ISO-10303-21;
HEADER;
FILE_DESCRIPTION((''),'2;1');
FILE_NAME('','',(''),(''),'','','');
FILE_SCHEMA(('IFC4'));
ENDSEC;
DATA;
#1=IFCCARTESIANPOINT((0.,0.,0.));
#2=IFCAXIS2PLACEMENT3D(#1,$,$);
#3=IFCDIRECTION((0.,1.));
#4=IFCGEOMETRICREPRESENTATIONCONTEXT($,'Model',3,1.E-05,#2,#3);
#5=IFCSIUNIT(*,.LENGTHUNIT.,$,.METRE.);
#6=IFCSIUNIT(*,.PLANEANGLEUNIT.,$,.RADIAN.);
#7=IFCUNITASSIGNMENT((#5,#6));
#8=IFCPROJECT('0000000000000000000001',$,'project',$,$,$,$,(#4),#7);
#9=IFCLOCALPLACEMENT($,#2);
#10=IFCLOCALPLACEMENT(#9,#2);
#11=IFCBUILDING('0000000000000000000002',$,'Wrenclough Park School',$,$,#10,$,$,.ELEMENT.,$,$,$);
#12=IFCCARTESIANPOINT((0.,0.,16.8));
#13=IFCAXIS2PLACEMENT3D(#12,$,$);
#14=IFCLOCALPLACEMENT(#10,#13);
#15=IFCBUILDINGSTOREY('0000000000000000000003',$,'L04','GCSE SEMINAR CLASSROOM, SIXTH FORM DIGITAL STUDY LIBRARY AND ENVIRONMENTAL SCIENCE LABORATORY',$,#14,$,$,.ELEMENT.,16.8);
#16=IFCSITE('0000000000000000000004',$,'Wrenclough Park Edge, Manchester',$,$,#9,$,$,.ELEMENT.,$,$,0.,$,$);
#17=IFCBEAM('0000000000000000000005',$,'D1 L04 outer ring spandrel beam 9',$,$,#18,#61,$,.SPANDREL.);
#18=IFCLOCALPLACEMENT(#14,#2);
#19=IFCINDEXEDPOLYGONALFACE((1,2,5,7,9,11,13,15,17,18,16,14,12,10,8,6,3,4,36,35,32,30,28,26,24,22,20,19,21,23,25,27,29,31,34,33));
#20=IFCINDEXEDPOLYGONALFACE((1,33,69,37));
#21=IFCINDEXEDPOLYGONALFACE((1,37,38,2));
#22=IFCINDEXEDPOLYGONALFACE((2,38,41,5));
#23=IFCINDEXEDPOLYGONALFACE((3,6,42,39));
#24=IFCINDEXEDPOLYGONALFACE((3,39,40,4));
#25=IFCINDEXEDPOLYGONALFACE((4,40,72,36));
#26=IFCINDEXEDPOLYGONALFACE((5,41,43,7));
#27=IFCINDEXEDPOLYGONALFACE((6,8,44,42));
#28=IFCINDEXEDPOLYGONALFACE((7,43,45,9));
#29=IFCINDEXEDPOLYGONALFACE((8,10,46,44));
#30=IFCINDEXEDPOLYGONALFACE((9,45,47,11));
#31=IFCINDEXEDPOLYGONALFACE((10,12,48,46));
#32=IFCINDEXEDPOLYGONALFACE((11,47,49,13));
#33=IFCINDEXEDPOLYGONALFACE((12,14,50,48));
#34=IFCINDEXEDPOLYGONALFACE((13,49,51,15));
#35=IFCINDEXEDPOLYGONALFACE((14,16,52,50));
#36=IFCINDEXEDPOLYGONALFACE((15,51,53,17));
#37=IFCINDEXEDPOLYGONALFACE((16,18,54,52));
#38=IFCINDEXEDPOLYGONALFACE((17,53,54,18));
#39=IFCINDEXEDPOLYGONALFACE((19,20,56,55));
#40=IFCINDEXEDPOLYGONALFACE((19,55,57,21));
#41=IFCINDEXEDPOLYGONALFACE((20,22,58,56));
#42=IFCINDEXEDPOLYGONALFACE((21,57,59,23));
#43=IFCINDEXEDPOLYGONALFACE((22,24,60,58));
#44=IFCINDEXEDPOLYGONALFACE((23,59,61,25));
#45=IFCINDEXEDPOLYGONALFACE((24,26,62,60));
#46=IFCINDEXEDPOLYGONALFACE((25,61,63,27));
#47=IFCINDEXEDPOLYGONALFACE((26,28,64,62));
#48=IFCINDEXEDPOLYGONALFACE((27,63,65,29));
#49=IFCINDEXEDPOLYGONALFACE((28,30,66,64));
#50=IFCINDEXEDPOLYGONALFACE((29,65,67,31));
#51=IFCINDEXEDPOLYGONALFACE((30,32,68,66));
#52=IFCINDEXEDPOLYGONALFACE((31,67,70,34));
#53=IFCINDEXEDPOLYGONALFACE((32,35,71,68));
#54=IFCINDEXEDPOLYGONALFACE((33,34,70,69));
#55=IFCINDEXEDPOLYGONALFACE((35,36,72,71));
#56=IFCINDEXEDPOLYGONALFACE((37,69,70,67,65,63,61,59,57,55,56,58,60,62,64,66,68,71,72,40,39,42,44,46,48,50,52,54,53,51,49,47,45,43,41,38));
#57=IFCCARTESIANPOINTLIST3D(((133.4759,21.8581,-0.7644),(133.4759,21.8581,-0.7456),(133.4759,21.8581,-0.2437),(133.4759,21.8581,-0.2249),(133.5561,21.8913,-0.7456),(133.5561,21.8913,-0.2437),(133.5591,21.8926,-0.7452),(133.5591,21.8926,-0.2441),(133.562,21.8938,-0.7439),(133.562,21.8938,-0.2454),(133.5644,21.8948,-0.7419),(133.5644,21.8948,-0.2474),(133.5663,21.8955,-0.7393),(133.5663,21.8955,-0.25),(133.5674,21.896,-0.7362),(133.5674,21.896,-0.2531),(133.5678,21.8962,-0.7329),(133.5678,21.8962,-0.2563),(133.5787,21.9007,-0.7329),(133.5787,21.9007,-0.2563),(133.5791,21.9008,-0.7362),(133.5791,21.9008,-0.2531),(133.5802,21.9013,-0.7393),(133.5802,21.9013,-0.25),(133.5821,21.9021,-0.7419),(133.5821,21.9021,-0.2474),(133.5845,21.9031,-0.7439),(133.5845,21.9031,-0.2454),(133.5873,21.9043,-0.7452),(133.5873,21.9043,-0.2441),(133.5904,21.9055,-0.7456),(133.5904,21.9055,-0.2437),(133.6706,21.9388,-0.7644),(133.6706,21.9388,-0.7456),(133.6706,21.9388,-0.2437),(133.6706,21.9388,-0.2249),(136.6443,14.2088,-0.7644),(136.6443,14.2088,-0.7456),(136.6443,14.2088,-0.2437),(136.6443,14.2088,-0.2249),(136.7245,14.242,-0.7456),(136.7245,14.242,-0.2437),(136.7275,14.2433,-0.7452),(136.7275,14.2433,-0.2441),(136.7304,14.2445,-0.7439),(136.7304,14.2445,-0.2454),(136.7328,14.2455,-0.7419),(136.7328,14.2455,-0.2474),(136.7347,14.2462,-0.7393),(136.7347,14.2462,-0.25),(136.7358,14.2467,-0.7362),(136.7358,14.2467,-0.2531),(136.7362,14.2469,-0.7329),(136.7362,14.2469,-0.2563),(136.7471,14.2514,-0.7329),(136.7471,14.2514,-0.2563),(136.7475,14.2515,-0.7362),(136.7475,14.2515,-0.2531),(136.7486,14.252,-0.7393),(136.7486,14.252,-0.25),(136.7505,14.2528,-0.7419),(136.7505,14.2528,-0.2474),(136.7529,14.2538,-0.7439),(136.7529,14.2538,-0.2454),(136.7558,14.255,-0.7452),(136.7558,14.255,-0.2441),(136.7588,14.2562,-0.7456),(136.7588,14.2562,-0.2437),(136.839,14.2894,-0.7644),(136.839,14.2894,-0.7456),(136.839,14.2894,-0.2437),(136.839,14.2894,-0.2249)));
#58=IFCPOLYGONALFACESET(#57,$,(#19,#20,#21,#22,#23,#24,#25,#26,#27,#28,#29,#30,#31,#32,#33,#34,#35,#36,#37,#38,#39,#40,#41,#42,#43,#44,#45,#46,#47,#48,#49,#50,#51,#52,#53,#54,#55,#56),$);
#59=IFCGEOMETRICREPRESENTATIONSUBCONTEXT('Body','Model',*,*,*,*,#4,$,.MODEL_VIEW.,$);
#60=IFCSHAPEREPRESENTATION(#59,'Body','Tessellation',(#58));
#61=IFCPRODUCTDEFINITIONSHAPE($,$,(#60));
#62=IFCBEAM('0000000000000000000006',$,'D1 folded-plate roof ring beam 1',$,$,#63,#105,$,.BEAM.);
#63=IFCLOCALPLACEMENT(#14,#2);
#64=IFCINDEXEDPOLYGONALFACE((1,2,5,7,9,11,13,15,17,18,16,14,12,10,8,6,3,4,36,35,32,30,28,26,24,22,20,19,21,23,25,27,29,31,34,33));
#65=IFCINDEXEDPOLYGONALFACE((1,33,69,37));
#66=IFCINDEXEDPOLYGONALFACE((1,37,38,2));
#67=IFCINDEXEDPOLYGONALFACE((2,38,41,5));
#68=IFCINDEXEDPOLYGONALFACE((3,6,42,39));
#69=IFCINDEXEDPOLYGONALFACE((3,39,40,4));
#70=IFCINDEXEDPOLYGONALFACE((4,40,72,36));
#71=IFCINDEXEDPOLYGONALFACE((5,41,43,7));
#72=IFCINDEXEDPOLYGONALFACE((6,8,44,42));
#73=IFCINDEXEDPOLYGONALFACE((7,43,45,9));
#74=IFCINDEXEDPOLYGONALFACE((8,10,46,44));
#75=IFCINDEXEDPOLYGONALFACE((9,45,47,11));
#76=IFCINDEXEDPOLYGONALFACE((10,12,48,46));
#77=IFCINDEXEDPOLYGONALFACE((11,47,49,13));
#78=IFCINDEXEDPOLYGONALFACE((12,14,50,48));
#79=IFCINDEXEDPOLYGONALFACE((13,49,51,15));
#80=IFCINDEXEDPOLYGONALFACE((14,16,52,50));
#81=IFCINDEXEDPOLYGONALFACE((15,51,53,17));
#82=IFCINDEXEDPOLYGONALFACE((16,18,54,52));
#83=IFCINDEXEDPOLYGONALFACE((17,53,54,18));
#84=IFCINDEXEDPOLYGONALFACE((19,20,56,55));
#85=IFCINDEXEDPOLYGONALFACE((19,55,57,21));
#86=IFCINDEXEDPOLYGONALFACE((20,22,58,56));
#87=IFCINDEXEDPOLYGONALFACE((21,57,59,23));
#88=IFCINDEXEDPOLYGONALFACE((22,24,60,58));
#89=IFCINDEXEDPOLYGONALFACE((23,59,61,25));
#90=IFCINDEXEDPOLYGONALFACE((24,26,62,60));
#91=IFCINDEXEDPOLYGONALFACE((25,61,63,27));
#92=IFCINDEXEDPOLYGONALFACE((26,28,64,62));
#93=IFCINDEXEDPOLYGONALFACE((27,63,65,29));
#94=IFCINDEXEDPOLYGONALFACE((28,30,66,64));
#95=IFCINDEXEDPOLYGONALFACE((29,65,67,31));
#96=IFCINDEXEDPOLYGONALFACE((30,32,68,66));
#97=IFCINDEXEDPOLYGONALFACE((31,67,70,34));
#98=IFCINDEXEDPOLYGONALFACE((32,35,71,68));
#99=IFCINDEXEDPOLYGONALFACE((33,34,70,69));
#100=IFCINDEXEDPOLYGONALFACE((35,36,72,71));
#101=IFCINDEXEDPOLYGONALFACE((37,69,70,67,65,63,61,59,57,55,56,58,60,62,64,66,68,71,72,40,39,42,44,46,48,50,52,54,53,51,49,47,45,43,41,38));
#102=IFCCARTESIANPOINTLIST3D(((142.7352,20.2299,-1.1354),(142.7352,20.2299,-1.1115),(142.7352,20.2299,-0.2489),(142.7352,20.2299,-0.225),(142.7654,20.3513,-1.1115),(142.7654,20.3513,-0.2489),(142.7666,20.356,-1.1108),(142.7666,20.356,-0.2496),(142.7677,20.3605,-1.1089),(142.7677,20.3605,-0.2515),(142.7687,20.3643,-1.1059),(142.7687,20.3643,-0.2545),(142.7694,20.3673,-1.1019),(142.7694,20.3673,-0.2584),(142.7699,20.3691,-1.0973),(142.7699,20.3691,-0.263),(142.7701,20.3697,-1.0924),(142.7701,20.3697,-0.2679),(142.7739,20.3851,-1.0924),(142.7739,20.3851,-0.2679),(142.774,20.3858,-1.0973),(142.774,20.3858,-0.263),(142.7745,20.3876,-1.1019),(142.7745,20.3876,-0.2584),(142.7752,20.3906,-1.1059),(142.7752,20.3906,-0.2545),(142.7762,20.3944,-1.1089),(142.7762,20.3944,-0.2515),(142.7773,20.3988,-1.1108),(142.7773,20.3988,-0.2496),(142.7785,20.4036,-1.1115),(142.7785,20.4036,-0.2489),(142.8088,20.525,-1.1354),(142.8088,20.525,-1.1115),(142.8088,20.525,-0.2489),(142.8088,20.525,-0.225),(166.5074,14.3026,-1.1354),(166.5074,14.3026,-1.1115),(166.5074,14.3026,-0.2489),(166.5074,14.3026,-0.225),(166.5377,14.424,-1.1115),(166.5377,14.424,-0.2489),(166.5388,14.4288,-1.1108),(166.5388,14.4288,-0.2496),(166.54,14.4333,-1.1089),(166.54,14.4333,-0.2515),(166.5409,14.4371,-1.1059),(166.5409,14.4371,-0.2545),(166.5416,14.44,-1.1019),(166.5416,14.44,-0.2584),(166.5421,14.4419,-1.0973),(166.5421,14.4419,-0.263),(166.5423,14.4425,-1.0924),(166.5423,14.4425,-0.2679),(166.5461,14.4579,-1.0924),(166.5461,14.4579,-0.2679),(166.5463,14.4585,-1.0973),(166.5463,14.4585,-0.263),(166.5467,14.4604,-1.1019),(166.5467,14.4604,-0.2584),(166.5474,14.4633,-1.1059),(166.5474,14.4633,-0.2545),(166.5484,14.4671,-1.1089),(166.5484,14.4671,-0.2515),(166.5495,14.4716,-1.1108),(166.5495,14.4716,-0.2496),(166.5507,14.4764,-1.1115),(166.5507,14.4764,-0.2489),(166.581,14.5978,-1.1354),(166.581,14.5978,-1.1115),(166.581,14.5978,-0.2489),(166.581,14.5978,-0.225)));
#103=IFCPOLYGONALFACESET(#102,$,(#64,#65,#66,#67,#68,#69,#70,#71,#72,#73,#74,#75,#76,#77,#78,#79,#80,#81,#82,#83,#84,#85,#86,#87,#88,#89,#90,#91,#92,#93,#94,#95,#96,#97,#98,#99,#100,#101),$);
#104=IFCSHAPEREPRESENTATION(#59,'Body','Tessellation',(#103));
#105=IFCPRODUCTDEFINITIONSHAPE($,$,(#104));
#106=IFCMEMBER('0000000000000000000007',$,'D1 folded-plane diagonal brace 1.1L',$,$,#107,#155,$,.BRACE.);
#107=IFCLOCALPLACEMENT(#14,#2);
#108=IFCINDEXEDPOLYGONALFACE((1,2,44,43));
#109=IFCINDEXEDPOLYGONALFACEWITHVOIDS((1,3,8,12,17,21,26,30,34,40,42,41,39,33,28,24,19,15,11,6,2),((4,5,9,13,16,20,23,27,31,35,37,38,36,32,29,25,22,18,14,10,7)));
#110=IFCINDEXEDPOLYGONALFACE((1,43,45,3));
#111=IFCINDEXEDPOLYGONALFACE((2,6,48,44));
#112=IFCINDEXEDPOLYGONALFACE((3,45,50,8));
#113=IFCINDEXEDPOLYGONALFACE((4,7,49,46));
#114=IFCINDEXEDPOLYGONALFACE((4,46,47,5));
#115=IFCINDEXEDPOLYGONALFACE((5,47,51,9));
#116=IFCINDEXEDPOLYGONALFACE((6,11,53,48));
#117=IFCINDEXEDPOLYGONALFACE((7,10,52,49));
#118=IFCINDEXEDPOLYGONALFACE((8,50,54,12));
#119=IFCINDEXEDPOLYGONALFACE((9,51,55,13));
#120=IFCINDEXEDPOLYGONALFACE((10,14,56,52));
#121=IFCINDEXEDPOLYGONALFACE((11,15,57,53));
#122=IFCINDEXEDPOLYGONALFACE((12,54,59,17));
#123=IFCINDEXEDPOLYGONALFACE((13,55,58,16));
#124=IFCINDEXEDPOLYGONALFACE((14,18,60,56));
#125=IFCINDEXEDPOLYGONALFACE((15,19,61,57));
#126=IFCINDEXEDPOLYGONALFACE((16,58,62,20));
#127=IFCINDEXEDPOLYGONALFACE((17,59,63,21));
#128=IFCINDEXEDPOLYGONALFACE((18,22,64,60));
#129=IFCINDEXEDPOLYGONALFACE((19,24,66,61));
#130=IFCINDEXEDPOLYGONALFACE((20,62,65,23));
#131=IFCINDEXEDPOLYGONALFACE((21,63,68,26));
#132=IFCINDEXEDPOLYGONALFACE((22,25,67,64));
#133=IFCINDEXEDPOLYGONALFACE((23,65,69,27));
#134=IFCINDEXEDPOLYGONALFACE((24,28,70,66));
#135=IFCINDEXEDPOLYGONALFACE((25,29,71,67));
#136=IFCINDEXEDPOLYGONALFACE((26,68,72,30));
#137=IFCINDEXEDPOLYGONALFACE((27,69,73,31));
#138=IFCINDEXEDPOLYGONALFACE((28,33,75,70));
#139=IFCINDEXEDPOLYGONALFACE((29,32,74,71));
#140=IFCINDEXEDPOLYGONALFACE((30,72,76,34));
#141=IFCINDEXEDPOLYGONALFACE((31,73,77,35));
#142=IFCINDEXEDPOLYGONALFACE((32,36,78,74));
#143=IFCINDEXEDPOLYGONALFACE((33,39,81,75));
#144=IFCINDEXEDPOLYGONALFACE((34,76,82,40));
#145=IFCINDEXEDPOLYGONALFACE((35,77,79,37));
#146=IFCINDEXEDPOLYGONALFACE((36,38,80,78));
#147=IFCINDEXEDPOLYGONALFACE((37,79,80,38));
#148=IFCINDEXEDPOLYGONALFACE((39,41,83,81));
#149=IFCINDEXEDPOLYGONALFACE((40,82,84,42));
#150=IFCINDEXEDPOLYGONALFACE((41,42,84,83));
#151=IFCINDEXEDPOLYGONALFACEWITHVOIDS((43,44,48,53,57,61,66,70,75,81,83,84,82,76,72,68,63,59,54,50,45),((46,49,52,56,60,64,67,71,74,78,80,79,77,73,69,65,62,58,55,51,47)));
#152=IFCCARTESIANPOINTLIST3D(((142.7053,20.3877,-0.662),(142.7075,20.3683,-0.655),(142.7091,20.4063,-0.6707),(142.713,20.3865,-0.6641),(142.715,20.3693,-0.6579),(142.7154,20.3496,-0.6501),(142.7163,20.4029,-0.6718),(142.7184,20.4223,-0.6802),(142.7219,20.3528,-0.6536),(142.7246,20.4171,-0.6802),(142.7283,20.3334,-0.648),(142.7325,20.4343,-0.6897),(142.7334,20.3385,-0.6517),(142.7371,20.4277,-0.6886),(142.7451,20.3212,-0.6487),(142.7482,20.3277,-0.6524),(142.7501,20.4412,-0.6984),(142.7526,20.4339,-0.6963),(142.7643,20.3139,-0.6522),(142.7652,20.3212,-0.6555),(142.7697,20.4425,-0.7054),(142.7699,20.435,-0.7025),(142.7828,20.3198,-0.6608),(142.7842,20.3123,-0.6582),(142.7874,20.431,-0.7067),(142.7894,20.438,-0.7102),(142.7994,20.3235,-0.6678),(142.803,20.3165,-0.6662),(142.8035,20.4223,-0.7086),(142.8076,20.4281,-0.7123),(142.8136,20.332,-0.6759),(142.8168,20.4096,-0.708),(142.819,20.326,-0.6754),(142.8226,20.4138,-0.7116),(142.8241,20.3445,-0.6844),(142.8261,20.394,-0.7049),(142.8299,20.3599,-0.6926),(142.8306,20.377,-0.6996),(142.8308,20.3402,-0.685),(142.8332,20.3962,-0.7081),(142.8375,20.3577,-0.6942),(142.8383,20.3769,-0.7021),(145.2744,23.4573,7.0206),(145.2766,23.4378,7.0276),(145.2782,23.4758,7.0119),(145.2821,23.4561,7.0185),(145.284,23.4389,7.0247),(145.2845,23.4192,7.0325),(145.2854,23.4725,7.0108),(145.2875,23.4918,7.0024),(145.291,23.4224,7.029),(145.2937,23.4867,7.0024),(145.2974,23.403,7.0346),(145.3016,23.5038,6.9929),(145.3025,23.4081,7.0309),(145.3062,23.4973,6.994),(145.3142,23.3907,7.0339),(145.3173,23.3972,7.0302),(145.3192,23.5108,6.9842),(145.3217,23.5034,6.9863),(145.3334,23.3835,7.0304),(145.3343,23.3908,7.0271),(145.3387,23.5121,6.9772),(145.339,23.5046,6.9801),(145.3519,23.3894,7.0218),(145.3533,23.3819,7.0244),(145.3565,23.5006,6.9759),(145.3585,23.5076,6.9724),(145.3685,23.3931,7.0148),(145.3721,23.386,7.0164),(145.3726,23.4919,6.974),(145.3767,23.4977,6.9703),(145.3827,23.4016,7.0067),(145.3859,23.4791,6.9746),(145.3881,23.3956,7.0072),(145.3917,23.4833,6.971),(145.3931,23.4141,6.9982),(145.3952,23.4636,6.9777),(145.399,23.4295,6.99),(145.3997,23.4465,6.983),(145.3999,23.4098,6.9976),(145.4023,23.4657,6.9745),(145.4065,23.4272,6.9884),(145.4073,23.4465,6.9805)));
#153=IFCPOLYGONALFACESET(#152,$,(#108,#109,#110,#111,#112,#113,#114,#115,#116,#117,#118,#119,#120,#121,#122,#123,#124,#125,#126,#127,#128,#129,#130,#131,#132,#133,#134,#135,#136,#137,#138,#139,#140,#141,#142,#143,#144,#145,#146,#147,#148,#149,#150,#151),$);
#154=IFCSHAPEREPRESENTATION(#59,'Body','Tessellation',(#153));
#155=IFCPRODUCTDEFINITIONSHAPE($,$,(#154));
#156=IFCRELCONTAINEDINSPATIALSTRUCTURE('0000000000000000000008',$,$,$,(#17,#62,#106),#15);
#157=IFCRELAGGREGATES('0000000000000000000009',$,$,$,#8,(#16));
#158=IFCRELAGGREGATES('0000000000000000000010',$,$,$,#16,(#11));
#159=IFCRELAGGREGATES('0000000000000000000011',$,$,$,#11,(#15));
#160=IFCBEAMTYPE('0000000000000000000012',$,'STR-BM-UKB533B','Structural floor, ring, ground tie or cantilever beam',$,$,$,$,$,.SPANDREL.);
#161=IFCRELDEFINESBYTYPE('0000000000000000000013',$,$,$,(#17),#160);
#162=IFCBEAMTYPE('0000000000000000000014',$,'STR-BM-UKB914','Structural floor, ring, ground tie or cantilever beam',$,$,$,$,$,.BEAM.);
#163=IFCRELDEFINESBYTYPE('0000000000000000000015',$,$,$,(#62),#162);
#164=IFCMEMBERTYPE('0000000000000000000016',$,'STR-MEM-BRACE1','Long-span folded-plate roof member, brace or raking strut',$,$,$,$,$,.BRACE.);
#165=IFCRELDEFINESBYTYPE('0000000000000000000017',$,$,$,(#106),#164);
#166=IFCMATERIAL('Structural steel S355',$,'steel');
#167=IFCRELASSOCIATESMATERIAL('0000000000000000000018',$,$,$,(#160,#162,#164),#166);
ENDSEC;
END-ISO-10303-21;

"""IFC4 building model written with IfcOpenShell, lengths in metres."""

from ifc_helpers import new_model, si_unit, direction, frame, origin, origin_2d, place, context, subcontext, project, spatial, hollow_circle, i_section, extrude, material, material_profile, profile_set, type_object, element, save


model = new_model("IFC4")

# Units and contexts
model_context = context("Model", 3, precision=1e-05, world=origin(), true_north=direction((0.0, 1.0)))
body_context = subcontext(model_context, "Body", "Model", "MODEL_VIEW")
ifc_project = project(units=[si_unit("LENGTHUNIT", "METRE"), si_unit("PLANEANGLEUNIT", "RADIAN")], contexts=[model_context])

# Site, building, storey
site_placement = place(None, origin())
site = spatial("IfcSite", under=ifc_project, at=site_placement, Name="Wrenclough Park Edge, Manchester", CompositionType="ELEMENT", RefElevation=0.0)
building_placement = place(site_placement, origin())
building = spatial("IfcBuilding", under=site, at=building_placement, Name="Wrenclough Park School", CompositionType="ELEMENT")
storey_placement = place(building_placement, frame((0.0, 0.0, 16.8)))
storey = spatial("IfcBuildingStorey", under=building, at=storey_placement, Name="L04", Description="GCSE SEMINAR CLASSROOM, SIXTH FORM DIGITAL STUDY LIBRARY AND ENVIRONMENTAL SCIENCE LABORATORY", CompositionType="ELEMENT", Elevation=16.8)

# Beams
ifc_material_1 = material(Name="Structural steel S355", Category="steel")
ifc_material_profile_1 = material_profile(ifc_material_1, i_section(OverallWidth=0.2107, OverallDepth=0.5396, WebThickness=0.0117, FlangeThickness=0.0188, FilletRadius=0.0127, at=origin_2d()), Name="UKB 533x210x109")
ifc_profile_set_1 = profile_set([ifc_material_profile_1], Name="Structural steel S355")
beam_type_1 = type_object("IfcBeamType", Name="STR-BM-UKB533B", Description="Structural floor, ring, ground tie or cantilever beam", PredefinedType="SPANDREL", material=ifc_profile_set_1)
beam_1_placement = place(storey_placement, frame((133.5732, 21.8984, -0.4946), z_axis=(0.38268, -0.923881, 0.0), x_axis=(0.923881, 0.38268, 0.0)))
element("IfcBeam", 1, at=beam_1_placement, inside=storey, type_object=beam_type_1, Name="D1 L04 outer ring spandrel beam 9", PredefinedType="SPANDREL", context=body_context, shape_type="SweptSolid", body=[
    extrude(i_section(OverallWidth=0.2107, OverallDepth=0.5396, WebThickness=0.0117, FlangeThickness=0.0188, FilletRadius=0.0127, at=origin_2d()), origin(), (0.0, 0.0, 1.0), 8.2795),
])
ifc_material_profile_2 = material_profile(ifc_material_1, i_section(OverallWidth=0.3042, OverallDepth=0.9104, WebThickness=0.0159, FlangeThickness=0.0239, FilletRadius=0.019, at=origin_2d()), Name="UKB 914x305x224")
ifc_profile_set_2 = profile_set([ifc_material_profile_2], Name="Structural steel S355")
beam_type_2 = type_object("IfcBeamType", Name="STR-BM-UKB914", Description="Structural floor, ring, ground tie or cantilever beam", PredefinedType="BEAM", material=ifc_profile_set_2)
beam_2_placement = place(storey_placement, frame((142.772, 20.3774, -0.6802), z_axis=(0.970294, -0.241928, 0.0), x_axis=(0.241928, 0.970294, 0.0)))
element("IfcBeam", 2, at=beam_2_placement, inside=storey, type_object=beam_type_2, Name="D1 folded-plate roof ring beam 1", PredefinedType="BEAM", context=body_context, shape_type="SweptSolid", body=[
    extrude(i_section(OverallWidth=0.3042, OverallDepth=0.9104, WebThickness=0.0159, FlangeThickness=0.0239, FilletRadius=0.019, at=origin_2d()), origin(), (0.0, 0.0, 1.0), 24.5),
])

# Member
ifc_material_profile_3 = material_profile(ifc_material_1, hollow_circle(Radius=0.0698, WallThickness=0.0081, at=origin_2d()), Name="CHS 139.7x8.0")
ifc_profile_set_3 = profile_set([ifc_material_profile_3], Name="Structural steel S355")
member_type_1 = type_object("IfcMemberType", Name="STR-MEM-BRACE1", Description="Long-span folded-plate roof member, brace or raking strut", PredefinedType="BRACE", material=ifc_profile_set_3)
for number, where, z_axis, x_axis, name in (
    (3, (142.772, 20.3774, -0.6802), (0.296564, 0.354338, 0.886845), (-0.766855, 0.641821, 0.0), "D1 folded-plane diagonal brace 1.1L"),
):
    element("IfcMember", number, at=place(storey_placement, frame(where, z_axis=z_axis, x_axis=x_axis)), inside=storey, type_object=member_type_1, Name=name, PredefinedType="BRACE", context=body_context, shape_type="SweptSolid", body=[
        extrude(hollow_circle(Radius=0.0698, WallThickness=0.0081, at=origin_2d()), origin(), (0.0, 0.0, 1.0), 8.6628),
    ])

save(model, "model.ifc")
